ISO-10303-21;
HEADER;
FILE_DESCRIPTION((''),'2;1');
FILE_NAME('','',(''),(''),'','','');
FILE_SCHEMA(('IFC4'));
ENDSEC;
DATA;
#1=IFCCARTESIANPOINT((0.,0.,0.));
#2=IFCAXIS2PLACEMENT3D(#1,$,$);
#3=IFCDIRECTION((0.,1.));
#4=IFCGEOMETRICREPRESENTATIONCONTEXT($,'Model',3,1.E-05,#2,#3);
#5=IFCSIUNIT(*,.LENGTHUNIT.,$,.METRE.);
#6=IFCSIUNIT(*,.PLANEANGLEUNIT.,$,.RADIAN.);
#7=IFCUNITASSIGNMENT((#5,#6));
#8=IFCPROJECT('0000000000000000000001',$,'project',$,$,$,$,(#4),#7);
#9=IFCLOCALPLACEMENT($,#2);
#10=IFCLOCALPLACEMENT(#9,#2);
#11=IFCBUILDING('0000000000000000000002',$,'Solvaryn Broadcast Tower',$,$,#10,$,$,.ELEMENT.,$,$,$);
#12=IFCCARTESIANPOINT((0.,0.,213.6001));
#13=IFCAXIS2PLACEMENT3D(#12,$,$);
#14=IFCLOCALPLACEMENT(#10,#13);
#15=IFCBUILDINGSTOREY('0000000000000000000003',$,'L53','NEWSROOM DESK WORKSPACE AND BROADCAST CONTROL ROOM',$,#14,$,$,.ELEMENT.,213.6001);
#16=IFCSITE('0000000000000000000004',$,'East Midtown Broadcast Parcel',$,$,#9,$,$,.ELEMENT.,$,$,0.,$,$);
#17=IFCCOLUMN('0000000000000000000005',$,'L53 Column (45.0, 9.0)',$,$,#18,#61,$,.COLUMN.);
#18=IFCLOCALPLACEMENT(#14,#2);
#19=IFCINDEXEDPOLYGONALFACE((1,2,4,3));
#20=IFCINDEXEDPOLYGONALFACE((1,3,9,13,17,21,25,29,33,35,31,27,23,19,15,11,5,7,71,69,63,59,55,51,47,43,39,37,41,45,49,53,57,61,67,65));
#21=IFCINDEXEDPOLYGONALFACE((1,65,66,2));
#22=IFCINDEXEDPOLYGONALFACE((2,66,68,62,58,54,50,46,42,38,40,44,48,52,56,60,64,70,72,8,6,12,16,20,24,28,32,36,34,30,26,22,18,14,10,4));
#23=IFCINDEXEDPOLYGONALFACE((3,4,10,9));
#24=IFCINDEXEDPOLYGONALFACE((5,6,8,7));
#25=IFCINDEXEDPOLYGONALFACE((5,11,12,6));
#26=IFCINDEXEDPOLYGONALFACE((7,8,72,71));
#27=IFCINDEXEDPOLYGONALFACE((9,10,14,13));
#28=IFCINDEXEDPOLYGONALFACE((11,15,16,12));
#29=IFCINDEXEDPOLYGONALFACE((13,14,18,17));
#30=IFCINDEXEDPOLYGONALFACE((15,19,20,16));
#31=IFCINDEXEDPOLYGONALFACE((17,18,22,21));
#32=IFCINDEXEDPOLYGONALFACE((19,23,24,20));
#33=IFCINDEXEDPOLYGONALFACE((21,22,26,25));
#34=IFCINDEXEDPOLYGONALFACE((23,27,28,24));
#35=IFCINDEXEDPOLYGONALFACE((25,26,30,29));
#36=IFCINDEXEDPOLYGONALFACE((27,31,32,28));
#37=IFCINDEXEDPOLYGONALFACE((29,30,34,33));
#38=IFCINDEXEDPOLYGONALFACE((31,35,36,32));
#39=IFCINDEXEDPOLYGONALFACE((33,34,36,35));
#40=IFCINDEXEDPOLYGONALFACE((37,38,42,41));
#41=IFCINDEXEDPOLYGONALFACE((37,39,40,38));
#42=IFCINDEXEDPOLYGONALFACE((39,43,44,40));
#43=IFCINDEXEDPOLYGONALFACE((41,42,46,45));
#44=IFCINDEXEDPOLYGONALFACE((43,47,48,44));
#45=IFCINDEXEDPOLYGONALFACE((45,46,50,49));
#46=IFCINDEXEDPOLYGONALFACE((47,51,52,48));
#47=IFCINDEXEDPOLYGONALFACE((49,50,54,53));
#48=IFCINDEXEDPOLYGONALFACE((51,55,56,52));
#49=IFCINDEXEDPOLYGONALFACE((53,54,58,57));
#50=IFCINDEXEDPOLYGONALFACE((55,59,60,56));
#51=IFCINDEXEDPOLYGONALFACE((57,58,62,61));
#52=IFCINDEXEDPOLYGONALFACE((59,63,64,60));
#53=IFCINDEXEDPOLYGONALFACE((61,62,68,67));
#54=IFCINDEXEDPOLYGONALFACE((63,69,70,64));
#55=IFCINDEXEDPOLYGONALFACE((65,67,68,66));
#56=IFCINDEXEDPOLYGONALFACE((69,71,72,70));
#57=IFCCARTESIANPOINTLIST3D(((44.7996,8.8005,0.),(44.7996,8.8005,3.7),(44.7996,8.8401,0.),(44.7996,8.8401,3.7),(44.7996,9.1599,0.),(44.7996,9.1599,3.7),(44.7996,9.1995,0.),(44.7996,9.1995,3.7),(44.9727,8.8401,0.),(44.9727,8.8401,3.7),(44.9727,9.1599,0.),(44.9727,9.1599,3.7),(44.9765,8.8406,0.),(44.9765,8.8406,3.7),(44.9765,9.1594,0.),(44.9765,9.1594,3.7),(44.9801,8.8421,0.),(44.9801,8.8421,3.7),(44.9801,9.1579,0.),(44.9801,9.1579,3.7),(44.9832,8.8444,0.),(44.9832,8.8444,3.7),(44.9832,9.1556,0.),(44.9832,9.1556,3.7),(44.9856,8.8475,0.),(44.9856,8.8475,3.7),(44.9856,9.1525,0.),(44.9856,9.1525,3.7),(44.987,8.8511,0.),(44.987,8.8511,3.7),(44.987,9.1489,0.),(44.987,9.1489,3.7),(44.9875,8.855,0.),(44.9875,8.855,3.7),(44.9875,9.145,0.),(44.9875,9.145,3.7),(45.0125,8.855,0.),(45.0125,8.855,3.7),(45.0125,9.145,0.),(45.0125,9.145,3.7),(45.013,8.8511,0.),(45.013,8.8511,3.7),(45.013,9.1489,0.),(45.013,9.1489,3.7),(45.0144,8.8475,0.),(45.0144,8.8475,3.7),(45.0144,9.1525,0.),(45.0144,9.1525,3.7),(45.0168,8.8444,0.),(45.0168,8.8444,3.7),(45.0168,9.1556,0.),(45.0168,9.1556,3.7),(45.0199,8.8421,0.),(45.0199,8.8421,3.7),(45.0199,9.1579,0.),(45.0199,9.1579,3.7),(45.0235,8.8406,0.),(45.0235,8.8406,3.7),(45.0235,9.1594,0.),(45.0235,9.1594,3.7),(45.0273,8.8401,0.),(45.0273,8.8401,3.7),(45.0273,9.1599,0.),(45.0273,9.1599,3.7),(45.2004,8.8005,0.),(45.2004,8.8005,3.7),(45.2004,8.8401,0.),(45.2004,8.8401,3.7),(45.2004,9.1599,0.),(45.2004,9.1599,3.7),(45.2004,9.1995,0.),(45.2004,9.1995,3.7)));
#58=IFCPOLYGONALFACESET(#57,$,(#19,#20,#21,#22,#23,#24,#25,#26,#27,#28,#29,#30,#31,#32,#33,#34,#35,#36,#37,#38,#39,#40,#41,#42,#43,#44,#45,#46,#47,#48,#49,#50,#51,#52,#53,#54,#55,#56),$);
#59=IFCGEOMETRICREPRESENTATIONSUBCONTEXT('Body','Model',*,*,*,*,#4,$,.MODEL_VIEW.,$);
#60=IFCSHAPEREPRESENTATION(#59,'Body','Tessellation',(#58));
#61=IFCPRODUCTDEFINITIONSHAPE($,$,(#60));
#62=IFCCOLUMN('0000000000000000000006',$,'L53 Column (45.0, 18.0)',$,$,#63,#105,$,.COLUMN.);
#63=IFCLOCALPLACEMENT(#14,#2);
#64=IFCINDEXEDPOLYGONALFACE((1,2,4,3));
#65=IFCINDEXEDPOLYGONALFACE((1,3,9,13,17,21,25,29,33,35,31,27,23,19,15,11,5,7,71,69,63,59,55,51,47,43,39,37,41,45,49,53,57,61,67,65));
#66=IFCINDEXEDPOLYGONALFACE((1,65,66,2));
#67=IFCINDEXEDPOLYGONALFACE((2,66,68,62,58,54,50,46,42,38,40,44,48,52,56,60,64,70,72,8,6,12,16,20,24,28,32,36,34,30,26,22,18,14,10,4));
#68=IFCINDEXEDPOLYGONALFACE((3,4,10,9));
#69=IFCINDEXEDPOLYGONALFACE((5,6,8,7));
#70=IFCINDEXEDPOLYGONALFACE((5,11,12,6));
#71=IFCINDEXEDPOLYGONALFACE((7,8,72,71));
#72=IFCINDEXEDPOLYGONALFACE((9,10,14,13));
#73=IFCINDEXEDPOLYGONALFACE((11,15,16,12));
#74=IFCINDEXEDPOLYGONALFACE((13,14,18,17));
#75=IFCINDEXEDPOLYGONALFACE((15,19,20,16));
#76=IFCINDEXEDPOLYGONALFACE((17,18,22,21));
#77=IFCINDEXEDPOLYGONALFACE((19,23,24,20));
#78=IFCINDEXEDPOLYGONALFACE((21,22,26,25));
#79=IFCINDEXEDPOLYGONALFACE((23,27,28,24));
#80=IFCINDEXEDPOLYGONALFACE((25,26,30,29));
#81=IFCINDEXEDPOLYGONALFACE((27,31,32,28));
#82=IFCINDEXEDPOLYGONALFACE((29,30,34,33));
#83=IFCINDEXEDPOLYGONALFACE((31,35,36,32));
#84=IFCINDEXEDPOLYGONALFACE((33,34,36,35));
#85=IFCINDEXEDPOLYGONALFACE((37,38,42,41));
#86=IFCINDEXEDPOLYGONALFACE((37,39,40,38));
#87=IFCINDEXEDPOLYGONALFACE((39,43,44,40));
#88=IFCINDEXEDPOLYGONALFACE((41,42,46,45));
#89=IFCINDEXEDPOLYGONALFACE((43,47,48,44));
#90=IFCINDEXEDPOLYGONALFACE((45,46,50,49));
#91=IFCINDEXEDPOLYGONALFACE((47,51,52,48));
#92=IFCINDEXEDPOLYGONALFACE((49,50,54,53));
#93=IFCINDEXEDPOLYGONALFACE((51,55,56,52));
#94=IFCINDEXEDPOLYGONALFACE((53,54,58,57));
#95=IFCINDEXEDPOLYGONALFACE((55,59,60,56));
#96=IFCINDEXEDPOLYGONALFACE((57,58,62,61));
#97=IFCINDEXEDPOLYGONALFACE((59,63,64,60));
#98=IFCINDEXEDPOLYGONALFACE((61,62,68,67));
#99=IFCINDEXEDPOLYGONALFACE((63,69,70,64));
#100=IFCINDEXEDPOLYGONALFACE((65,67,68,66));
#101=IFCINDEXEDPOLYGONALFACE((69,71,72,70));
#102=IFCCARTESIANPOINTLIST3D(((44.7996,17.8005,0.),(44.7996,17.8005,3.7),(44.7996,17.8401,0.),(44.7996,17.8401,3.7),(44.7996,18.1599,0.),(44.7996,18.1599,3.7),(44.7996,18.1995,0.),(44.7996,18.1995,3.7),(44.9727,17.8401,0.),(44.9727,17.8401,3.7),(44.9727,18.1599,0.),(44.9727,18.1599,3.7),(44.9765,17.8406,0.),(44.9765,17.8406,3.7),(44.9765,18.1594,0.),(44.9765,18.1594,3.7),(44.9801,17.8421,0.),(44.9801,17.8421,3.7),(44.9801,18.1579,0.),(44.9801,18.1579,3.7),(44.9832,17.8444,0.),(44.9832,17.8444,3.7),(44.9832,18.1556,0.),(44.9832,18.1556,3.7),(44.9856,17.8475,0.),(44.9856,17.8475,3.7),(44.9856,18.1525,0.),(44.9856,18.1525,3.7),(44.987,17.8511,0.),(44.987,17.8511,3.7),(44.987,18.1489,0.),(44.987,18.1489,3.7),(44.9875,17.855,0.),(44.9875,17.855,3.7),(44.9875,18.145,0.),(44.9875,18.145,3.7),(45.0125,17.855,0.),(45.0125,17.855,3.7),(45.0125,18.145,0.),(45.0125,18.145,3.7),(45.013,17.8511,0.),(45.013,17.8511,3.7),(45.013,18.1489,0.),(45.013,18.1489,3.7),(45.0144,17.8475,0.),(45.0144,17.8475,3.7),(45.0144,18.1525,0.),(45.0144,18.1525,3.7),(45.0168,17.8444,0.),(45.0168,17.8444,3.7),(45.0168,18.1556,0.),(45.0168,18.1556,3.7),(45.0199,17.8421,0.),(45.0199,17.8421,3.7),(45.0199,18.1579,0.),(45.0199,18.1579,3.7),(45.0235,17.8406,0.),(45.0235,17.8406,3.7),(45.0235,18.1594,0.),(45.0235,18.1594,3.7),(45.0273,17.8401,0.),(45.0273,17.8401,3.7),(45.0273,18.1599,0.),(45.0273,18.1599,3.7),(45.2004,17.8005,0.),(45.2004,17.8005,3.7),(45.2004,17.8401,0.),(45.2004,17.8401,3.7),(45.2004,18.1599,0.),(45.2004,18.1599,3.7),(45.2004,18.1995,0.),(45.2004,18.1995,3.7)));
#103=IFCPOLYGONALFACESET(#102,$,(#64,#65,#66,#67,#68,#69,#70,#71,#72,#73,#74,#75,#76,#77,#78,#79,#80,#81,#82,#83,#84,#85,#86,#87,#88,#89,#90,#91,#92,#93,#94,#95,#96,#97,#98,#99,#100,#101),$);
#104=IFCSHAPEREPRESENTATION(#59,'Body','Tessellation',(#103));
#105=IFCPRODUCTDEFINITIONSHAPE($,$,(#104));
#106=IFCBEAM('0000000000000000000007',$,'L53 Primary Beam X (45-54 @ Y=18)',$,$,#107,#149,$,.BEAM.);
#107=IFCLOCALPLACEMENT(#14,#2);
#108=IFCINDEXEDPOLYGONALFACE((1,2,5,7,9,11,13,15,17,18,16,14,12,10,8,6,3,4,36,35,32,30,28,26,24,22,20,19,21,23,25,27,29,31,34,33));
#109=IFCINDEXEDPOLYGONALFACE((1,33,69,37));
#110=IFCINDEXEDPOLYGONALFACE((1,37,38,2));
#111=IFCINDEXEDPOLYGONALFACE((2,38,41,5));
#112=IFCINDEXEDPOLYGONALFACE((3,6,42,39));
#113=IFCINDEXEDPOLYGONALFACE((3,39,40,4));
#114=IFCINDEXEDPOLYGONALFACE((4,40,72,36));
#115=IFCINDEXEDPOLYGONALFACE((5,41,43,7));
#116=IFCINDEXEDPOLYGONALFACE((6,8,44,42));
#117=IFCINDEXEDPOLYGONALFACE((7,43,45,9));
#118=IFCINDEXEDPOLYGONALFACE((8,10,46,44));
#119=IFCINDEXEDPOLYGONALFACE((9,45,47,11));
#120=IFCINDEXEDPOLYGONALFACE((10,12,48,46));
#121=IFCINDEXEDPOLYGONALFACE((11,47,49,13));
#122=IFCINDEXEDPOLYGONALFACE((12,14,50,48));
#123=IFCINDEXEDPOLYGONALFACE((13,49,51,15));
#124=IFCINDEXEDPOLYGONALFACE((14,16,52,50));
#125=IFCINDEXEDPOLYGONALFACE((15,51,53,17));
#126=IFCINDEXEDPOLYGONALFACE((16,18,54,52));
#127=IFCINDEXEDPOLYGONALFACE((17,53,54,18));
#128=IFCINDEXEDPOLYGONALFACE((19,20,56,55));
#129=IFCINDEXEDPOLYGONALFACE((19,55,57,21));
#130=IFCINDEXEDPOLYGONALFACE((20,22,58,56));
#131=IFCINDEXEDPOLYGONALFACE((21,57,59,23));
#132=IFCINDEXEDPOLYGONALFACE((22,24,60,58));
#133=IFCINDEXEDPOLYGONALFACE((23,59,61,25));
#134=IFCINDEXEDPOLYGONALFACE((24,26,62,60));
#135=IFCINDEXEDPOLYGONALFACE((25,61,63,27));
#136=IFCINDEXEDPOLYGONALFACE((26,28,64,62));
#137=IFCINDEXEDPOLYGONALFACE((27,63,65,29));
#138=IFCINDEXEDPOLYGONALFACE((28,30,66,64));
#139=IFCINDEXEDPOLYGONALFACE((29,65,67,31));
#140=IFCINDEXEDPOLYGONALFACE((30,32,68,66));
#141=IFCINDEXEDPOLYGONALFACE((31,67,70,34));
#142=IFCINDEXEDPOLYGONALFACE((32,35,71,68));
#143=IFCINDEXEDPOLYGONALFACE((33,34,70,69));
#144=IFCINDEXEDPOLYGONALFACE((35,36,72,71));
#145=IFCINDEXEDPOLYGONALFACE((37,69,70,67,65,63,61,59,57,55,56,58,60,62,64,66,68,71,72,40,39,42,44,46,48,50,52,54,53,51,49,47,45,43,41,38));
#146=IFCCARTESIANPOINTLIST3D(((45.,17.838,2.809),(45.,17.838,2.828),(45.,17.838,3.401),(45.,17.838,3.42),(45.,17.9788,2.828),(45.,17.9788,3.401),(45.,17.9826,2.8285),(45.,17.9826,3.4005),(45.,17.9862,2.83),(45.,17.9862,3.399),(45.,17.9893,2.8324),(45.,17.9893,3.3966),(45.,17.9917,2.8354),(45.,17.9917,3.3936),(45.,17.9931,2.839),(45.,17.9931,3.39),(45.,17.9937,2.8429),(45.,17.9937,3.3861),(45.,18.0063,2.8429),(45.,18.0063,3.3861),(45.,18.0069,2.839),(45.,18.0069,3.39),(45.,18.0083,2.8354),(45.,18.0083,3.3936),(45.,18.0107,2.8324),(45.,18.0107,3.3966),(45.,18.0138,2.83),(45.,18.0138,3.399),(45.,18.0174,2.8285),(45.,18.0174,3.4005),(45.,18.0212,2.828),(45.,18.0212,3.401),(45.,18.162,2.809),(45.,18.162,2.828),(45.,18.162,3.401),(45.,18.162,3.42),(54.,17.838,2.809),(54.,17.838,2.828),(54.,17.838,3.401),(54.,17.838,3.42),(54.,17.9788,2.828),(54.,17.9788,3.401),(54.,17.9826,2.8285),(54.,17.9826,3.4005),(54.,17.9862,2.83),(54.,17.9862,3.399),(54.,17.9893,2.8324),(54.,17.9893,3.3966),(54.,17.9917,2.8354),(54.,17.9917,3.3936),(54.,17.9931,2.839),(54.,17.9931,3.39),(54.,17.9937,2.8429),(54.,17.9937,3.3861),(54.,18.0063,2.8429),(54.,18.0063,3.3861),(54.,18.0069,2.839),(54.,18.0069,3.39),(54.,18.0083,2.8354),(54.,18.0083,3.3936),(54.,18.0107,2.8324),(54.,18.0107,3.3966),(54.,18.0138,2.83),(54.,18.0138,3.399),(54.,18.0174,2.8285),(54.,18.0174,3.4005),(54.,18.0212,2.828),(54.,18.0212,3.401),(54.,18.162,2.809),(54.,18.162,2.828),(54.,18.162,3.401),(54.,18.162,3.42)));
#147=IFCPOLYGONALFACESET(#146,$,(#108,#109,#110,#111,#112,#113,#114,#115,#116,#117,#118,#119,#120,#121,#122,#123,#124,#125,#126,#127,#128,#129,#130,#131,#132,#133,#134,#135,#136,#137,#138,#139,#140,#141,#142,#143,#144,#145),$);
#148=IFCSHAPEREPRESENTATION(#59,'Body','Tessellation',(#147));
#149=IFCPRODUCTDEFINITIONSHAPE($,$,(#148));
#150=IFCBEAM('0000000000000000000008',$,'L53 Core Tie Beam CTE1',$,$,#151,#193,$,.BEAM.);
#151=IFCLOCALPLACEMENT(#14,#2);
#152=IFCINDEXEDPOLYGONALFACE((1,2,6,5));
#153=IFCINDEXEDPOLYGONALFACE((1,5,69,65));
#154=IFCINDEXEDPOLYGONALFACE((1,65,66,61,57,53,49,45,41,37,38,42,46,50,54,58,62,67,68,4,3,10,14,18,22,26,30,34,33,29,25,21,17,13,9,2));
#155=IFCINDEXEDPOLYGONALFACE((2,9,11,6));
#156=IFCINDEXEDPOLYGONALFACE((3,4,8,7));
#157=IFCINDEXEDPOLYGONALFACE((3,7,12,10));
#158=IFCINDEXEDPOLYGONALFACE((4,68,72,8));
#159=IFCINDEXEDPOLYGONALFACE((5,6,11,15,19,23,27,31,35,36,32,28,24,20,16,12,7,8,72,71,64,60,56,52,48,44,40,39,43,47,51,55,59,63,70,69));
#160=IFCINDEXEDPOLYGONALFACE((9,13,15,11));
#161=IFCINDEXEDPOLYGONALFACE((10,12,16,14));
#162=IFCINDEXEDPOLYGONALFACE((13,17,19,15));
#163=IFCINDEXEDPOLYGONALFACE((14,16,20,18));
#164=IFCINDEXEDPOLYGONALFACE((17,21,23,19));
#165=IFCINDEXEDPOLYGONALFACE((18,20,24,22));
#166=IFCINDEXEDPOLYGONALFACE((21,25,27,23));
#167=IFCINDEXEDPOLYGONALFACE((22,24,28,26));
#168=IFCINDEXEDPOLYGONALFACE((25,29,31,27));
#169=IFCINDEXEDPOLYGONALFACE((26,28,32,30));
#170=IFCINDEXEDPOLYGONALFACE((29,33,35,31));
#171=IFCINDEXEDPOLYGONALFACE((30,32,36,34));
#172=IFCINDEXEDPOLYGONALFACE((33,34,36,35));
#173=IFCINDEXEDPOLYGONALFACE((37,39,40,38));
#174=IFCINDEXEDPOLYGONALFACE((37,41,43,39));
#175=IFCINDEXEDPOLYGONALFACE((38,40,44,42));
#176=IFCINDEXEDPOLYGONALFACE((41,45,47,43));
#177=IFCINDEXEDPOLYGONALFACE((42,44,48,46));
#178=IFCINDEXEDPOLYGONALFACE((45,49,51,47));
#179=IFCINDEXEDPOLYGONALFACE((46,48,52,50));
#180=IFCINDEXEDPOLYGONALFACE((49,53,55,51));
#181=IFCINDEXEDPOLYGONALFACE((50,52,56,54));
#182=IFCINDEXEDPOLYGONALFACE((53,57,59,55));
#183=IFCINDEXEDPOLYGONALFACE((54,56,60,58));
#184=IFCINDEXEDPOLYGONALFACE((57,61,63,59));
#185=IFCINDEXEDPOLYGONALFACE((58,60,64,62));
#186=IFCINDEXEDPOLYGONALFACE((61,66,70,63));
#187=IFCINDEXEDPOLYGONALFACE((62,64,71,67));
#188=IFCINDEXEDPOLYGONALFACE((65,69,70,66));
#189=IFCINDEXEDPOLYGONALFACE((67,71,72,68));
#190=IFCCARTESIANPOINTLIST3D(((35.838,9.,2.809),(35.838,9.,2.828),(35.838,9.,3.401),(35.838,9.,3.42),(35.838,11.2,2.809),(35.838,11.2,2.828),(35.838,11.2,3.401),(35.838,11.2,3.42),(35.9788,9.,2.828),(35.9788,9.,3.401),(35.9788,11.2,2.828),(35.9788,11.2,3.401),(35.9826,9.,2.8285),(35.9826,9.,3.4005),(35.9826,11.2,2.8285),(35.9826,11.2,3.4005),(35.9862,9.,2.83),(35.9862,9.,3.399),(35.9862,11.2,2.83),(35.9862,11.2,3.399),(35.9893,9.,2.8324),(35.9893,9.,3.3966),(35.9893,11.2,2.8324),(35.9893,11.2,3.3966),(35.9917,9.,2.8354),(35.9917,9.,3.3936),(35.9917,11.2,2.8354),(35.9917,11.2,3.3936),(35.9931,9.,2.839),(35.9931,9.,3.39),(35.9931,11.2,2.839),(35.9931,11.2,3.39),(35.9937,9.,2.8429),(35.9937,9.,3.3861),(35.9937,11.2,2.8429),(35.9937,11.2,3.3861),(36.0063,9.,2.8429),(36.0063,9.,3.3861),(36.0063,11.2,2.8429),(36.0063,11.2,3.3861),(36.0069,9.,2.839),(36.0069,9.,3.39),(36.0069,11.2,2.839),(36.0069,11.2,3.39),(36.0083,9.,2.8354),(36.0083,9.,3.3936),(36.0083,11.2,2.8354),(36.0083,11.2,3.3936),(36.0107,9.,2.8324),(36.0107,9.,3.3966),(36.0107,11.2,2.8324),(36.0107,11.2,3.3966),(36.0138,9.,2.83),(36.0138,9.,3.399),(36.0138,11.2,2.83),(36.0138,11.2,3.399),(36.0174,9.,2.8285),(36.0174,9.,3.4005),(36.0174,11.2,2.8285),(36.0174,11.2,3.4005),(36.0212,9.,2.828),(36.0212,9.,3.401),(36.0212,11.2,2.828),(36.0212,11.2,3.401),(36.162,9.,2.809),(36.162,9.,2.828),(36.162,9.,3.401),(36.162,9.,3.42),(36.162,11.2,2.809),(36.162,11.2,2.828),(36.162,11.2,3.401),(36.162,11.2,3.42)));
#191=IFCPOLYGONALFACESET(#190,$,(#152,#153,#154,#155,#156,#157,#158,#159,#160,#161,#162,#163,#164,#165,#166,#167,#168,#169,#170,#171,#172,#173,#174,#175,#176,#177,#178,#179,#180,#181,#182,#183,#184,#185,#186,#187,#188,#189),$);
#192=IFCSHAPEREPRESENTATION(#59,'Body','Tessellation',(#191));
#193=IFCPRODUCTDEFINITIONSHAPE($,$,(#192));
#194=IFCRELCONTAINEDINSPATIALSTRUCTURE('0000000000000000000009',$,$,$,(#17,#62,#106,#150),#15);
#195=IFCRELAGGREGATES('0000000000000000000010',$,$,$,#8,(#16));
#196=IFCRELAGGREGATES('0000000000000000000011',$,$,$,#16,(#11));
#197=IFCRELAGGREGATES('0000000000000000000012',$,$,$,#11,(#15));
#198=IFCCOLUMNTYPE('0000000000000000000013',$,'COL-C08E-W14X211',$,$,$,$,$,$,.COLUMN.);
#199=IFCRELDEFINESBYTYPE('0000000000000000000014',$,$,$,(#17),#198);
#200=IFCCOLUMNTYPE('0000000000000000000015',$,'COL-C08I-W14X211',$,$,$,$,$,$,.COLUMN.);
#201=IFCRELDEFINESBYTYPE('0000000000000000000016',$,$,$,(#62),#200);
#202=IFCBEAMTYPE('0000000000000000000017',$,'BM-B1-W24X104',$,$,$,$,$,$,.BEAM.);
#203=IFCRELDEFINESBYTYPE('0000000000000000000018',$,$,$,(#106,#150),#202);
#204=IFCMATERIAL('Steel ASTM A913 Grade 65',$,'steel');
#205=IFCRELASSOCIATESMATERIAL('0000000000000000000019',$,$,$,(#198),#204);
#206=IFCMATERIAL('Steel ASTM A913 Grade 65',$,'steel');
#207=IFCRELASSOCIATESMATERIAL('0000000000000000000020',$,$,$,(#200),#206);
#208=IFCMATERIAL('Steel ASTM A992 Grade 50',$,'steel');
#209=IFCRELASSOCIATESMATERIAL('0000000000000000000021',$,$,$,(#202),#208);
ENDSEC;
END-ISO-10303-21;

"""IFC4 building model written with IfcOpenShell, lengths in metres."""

from ifc_helpers import new_model, si_unit, direction, frame, origin, origin_2d, place, context, subcontext, project, spatial, i_section, extrude, material, material_profile, profile_set, type_object, element, save


model = new_model("IFC4")

# Units and contexts
model_context = context("Model", 3, precision=1e-05, world=origin(), true_north=direction((0.0, 1.0)))
body_context = subcontext(model_context, "Body", "Model", "MODEL_VIEW")
ifc_project = project(units=[si_unit("LENGTHUNIT", "METRE"), si_unit("PLANEANGLEUNIT", "RADIAN")], contexts=[model_context])

# Site, building, storey
site_placement = place(None, origin())
site = spatial("IfcSite", under=ifc_project, at=site_placement, Name="East Midtown Broadcast Parcel", CompositionType="ELEMENT", RefElevation=0.0)
building_placement = place(site_placement, origin())
building = spatial("IfcBuilding", under=site, at=building_placement, Name="Solvaryn Broadcast Tower", CompositionType="ELEMENT")
storey_placement = place(building_placement, frame((0.0, 0.0, 213.6001)))
storey = spatial("IfcBuildingStorey", under=building, at=storey_placement, Name="L53", Description="NEWSROOM DESK WORKSPACE AND BROADCAST CONTROL ROOM", CompositionType="ELEMENT", Elevation=213.6001)

# Columns
ifc_material_1 = material(Name="Steel ASTM A913 Grade 65", Category="steel")
ifc_material_profile_1 = material_profile(ifc_material_1, i_section(OverallWidth=0.4009, OverallDepth=0.3989, WebThickness=0.0249, FlangeThickness=0.0396, FilletRadius=0.0149, at=origin_2d()))
ifc_profile_set_1 = profile_set([ifc_material_profile_1], Name="Steel ASTM A913 Grade 65")
column_type_1 = type_object("IfcColumnType", Name="COL-C08E-W14X211", PredefinedType="COLUMN", material=ifc_profile_set_1)
column_1_placement = place(storey_placement, frame((45.0, 9.0, 0.0), z_axis=(0.0, 0.0, 1.0), x_axis=(1.0, 0.0, 0.0)))
element("IfcColumn", 1, at=column_1_placement, inside=storey, type_object=column_type_1, Name="L53 Column (45.0, 9.0)", PredefinedType="COLUMN", context=body_context, shape_type="SweptSolid", body=[
    extrude(i_section(OverallWidth=0.4009, OverallDepth=0.3989, WebThickness=0.0249, FlangeThickness=0.0396, FilletRadius=0.0149, at=origin_2d()), origin(), (0.0, 0.0, 1.0), 3.7),
])
ifc_material_2 = material(Name="Steel ASTM A913 Grade 65", Category="steel")
ifc_material_profile_2 = material_profile(ifc_material_2, i_section(OverallWidth=0.4009, OverallDepth=0.3989, WebThickness=0.0249, FlangeThickness=0.0396, FilletRadius=0.0149, at=origin_2d()))
ifc_profile_set_2 = profile_set([ifc_material_profile_2], Name="Steel ASTM A913 Grade 65")
column_type_2 = type_object("IfcColumnType", Name="COL-C08I-W14X211", PredefinedType="COLUMN", material=ifc_profile_set_2)
column_2_placement = place(storey_placement, frame((45.0, 18.0, 0.0), z_axis=(0.0, 0.0, 1.0), x_axis=(1.0, 0.0, 0.0)))
element("IfcColumn", 2, at=column_2_placement, inside=storey, type_object=column_type_2, Name="L53 Column (45.0, 18.0)", PredefinedType="COLUMN", context=body_context, shape_type="SweptSolid", body=[
    extrude(i_section(OverallWidth=0.4009, OverallDepth=0.3989, WebThickness=0.0249, FlangeThickness=0.0396, FilletRadius=0.0149, at=origin_2d()), origin(), (0.0, 0.0, 1.0), 3.7),
])

# Beams
ifc_material_3 = material(Name="Steel ASTM A992 Grade 50", Category="steel")
ifc_material_profile_3 = material_profile(ifc_material_3, i_section(OverallWidth=0.324, OverallDepth=0.6111, WebThickness=0.0127, FlangeThickness=0.019, FilletRadius=0.0149, at=origin_2d()))
ifc_profile_set_3 = profile_set([ifc_material_profile_3], Name="Steel ASTM A992 Grade 50")
beam_type = type_object("IfcBeamType", Name="BM-B1-W24X104", PredefinedType="BEAM", material=ifc_profile_set_3)
beam_placement = place(storey_placement, frame((45.0, 18.0, 3.1145), z_axis=(1.0, 0.0, 0.0), x_axis=(0.0, 1.0, 0.0)))
element("IfcBeam", 3, at=beam_placement, inside=storey, type_object=beam_type, Name="L53 Primary Beam X (45-54 @ Y=18)", PredefinedType="BEAM", context=body_context, shape_type="SweptSolid", body=[
    extrude(i_section(OverallWidth=0.324, OverallDepth=0.6111, WebThickness=0.0127, FlangeThickness=0.019, FilletRadius=0.0149, at=origin_2d()), origin(), (0.0, 0.0, 1.0), 9.0),
])
for number, where, z_axis, x_axis, name in (
    (4, (36.0, 9.0, 3.1145), (0.0, 1.0, 0.0), (-1.0, 0.0, 0.0), "L53 Core Tie Beam CTE1"),
):
    element("IfcBeam", number, at=place(storey_placement, frame(where, z_axis=z_axis, x_axis=x_axis)), inside=storey, type_object=beam_type, Name=name, PredefinedType="BEAM", context=body_context, shape_type="SweptSolid", body=[
        extrude(i_section(OverallWidth=0.324, OverallDepth=0.6111, WebThickness=0.0127, FlangeThickness=0.019, FilletRadius=0.0149, at=origin_2d()), origin(), (0.0, 0.0, 1.0), 2.2),
    ])

save(model, "model.ifc")
